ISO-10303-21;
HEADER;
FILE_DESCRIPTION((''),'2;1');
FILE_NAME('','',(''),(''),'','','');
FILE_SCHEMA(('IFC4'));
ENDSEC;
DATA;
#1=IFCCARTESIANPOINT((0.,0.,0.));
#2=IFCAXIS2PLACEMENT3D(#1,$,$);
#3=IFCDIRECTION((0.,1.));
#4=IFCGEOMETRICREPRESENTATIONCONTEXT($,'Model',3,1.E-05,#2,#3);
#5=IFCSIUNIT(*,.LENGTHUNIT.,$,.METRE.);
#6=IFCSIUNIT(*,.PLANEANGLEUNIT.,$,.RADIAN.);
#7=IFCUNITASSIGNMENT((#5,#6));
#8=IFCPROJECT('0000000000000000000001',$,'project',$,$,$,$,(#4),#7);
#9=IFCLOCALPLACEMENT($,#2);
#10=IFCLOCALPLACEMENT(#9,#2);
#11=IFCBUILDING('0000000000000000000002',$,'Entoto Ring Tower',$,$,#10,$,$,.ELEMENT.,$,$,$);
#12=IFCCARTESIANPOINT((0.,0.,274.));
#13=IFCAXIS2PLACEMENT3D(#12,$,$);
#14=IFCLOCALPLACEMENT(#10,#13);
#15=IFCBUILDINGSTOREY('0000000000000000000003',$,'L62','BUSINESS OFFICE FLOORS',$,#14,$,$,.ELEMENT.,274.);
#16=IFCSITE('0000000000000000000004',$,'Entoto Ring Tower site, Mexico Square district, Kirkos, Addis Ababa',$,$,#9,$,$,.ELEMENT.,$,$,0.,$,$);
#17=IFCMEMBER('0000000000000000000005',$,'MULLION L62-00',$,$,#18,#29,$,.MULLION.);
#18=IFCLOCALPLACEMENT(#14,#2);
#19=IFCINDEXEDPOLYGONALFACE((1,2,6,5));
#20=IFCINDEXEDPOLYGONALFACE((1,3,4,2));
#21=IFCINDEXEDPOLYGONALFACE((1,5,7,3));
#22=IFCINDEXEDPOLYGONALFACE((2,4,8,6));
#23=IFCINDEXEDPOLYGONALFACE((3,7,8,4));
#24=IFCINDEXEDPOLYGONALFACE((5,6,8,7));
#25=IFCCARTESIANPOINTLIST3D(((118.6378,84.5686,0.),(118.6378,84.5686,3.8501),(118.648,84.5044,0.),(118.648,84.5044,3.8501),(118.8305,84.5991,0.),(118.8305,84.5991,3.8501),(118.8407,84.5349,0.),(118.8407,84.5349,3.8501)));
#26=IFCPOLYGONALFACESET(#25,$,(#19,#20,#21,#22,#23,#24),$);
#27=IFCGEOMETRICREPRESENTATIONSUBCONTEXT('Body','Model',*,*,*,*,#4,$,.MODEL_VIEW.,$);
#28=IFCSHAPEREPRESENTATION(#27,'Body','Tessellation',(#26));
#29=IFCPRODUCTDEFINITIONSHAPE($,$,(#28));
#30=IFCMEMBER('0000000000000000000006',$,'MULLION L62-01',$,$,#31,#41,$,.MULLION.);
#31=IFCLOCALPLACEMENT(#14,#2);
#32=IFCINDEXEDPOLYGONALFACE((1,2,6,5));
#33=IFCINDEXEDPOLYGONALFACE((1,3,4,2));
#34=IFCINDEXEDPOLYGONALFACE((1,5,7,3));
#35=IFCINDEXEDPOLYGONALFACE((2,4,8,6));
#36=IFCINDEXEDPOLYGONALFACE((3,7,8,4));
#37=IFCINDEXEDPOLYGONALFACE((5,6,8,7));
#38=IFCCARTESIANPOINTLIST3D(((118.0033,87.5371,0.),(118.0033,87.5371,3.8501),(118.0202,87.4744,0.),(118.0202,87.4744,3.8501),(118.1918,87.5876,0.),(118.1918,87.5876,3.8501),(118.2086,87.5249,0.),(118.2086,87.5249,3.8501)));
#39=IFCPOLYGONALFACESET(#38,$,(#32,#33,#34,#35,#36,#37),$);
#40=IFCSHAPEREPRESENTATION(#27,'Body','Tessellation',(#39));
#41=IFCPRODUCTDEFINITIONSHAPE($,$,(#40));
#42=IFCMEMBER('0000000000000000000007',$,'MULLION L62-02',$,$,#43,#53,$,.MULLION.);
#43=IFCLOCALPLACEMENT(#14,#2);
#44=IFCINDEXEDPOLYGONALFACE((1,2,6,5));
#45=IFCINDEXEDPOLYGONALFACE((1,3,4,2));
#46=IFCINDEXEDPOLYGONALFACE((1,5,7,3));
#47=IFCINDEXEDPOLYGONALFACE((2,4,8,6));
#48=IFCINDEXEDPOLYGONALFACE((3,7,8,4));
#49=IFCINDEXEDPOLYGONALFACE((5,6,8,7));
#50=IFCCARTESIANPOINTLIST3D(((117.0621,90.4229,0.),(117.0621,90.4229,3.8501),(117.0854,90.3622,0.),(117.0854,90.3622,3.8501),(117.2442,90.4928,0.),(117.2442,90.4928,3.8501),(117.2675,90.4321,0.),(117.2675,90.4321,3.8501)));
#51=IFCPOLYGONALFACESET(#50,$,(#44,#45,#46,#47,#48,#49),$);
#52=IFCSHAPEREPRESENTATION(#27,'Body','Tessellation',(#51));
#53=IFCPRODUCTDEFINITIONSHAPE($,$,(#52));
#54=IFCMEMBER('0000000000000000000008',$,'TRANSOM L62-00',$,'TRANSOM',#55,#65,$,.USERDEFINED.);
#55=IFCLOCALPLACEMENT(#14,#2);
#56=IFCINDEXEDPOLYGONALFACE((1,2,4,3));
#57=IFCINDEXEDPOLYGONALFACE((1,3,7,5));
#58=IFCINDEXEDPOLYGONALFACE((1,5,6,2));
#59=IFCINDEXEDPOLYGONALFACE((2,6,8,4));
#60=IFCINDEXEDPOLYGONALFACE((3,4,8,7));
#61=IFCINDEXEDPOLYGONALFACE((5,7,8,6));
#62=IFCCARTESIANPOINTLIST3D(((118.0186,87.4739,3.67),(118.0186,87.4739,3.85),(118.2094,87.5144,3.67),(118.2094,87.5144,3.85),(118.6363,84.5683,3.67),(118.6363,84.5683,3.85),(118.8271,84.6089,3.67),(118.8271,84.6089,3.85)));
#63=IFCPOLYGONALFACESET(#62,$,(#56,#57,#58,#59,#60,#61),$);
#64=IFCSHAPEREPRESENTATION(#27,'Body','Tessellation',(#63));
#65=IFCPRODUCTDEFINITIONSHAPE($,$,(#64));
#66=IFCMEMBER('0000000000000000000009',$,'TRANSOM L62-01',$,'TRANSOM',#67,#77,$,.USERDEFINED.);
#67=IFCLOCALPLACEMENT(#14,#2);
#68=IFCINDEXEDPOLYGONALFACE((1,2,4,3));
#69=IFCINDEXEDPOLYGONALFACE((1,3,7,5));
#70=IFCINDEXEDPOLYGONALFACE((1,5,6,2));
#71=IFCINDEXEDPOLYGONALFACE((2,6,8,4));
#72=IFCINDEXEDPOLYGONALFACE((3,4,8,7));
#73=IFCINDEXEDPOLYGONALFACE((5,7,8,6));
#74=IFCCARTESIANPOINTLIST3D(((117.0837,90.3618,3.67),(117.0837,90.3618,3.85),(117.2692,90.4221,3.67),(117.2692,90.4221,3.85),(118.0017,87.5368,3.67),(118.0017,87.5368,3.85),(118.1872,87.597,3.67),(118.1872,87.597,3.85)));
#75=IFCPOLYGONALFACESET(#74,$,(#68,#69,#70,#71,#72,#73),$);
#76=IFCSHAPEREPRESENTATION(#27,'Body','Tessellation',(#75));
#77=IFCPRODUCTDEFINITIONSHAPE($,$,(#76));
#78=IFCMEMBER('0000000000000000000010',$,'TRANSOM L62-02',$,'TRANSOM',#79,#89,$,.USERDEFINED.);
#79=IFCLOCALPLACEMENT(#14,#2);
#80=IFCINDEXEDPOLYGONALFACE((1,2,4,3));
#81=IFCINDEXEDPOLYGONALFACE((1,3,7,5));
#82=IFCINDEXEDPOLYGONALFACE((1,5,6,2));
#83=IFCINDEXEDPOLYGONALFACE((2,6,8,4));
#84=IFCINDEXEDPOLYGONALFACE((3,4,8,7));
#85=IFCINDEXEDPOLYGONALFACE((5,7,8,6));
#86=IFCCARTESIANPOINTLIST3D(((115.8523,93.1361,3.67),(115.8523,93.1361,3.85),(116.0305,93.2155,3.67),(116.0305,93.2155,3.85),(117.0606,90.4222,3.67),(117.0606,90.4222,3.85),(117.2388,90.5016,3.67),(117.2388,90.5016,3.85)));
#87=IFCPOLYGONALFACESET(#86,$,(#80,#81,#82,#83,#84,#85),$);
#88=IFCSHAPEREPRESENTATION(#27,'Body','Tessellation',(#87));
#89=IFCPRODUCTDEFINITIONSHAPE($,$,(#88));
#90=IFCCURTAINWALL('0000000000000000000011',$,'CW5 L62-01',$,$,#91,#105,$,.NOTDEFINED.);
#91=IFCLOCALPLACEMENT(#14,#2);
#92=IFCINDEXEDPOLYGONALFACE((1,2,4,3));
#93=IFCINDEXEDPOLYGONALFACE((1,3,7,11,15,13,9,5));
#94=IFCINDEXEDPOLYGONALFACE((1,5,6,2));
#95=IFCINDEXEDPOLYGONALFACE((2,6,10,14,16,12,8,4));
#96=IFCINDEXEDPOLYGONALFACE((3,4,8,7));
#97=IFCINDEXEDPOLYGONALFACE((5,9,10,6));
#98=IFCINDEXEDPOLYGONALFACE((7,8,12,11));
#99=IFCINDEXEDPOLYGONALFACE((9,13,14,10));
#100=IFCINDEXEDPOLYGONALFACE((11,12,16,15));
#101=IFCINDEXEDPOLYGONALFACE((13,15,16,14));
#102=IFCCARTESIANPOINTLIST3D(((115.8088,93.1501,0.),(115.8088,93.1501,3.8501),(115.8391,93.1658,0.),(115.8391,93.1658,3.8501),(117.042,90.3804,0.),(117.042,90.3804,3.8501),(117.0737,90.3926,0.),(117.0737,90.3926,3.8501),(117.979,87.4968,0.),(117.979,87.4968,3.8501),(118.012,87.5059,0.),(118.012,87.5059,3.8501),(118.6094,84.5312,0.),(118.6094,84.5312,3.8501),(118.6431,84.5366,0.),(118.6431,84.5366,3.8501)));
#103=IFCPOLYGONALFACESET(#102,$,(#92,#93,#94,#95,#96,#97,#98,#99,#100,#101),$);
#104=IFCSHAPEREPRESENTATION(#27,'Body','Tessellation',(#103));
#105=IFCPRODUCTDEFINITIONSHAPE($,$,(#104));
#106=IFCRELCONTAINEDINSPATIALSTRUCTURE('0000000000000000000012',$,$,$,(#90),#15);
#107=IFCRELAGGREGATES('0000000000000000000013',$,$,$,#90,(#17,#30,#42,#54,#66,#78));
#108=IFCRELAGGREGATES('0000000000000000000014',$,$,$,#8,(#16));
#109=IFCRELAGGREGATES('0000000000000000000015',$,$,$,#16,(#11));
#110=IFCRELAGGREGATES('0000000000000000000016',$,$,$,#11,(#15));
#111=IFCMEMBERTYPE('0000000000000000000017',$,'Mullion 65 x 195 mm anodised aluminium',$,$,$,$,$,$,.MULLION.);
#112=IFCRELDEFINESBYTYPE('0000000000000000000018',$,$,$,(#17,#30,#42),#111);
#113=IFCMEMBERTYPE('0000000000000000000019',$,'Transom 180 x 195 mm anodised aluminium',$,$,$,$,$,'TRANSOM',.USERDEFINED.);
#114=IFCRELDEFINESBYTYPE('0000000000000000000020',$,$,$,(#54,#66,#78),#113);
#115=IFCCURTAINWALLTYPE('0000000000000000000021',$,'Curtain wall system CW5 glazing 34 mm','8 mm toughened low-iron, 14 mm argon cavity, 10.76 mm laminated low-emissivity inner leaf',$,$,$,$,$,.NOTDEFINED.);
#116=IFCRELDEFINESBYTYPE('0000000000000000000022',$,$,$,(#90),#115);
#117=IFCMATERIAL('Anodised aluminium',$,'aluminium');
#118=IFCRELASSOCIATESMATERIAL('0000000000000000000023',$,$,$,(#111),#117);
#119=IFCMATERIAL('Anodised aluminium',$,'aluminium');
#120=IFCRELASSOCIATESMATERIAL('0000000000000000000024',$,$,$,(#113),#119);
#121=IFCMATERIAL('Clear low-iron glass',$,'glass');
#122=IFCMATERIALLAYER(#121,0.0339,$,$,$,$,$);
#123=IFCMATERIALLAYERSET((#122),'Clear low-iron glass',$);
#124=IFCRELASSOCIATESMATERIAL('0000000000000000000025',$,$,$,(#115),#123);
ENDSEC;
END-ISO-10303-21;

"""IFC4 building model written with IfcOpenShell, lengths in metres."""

from ifc_helpers import new_model, si_unit, direction, frame, origin, origin_2d, place, context, subcontext, project, spatial, polyline, rectangle, outline, extrude, material, layer, layer_set, material_profile, profile_set, type_object, element, aggregate, save


model = new_model("IFC4")

# Units and contexts
model_context = context("Model", 3, precision=1e-05, world=origin(), true_north=direction((0.0, 1.0)))
body_context = subcontext(model_context, "Body", "Model", "MODEL_VIEW")
ifc_project = project(units=[si_unit("LENGTHUNIT", "METRE"), si_unit("PLANEANGLEUNIT", "RADIAN")], contexts=[model_context])

# Members
ifc_material_1 = material(Name="Anodised aluminium", Category="aluminium")
ifc_material_profile_1 = material_profile(ifc_material_1, rectangle(XDim=0.0649, YDim=0.1951, at=origin_2d()), Name="Mullion 65 x 195 mm anodised aluminium")
ifc_profile_set_1 = profile_set([ifc_material_profile_1], Name="Anodised aluminium")
member_type_1 = type_object("IfcMemberType", Name="Mullion 65 x 195 mm anodised aluminium", PredefinedType="MULLION", material=ifc_profile_set_1)
site_placement = place(None, origin())
building_placement = place(site_placement, origin())
storey_placement = place(building_placement, frame((0.0, 0.0, 274.0)))
member_1_placement = place(storey_placement, frame((118.7393, 84.5518, 0.0), z_axis=(0.0, 0.0, 1.0), x_axis=(-0.156434, 0.987688, 0.0)))
member_1 = element("IfcMember", 1, at=member_1_placement, type_object=member_type_1, Name="MULLION L62-00", PredefinedType="MULLION", context=body_context, shape_type="SweptSolid", body=[
    extrude(rectangle(XDim=0.0649, YDim=0.1951, at=origin_2d()), origin(), (0.0, 0.0, 1.0), 3.8501),
])
member_2_placement = place(storey_placement, frame((118.106, 87.531, 0.0), z_axis=(0.0, 0.0, 1.0), x_axis=(-0.258819, 0.965926, 0.0)))
member_2 = element("IfcMember", 2, at=member_2_placement, type_object=member_type_1, Name="MULLION L62-01", PredefinedType="MULLION", context=body_context, shape_type="SweptSolid", body=[
    extrude(rectangle(XDim=0.0649, YDim=0.1951, at=origin_2d()), origin(), (0.0, 0.0, 1.0), 3.8501),
])
member_3_placement = place(storey_placement, frame((117.1648, 90.4275, 0.0), z_axis=(0.0, 0.0, 1.0), x_axis=(-0.358368, 0.93358, 0.0)))
member_3 = element("IfcMember", 3, at=member_3_placement, type_object=member_type_1, Name="MULLION L62-02", PredefinedType="MULLION", context=body_context, shape_type="SweptSolid", body=[
    extrude(rectangle(XDim=0.0649, YDim=0.1951, at=origin_2d()), origin(), (0.0, 0.0, 1.0), 3.8501),
])
ifc_material_2 = material(Name="Anodised aluminium", Category="aluminium")
ifc_material_profile_2 = material_profile(ifc_material_2, rectangle(XDim=0.1951, YDim=0.1799, at=origin_2d()), Name="Transom 180 x 195 mm anodised aluminium")
ifc_profile_set_2 = profile_set([ifc_material_profile_2], Name="Anodised aluminium")
member_type_2 = type_object("IfcMemberType", Name="Transom 180 x 195 mm anodised aluminium", ElementType="TRANSOM", PredefinedType="USERDEFINED", material=ifc_profile_set_2)
member_4_placement = place(storey_placement, frame((118.7317, 84.5886, 3.76), z_axis=(-0.20794, 0.978142, 0.0), x_axis=(-0.978142, -0.20794, 0.0)))
member_4 = element("IfcMember", 4, at=member_4_placement, type_object=member_type_2, Name="TRANSOM L62-00", ObjectType="TRANSOM", PredefinedType="USERDEFINED", context=body_context, shape_type="SweptSolid", body=[
    extrude(rectangle(XDim=0.1951, YDim=0.1799, at=origin_2d()), origin(), (0.0, 0.0, 1.0), 2.9705),
])
member_5_placement = place(storey_placement, frame((118.0945, 87.5669, 3.76), z_axis=(-0.309043, 0.951048, 0.0), x_axis=(-0.951048, -0.309043, 0.0)))
member_5 = element("IfcMember", 5, at=member_5_placement, type_object=member_type_2, Name="TRANSOM L62-01", ObjectType="TRANSOM", PredefinedType="USERDEFINED", context=body_context, shape_type="SweptSolid", body=[
    extrude(rectangle(XDim=0.1951, YDim=0.1799, at=origin_2d()), origin(), (0.0, 0.0, 1.0), 2.9705),
])
member_6_placement = place(storey_placement, frame((117.1497, 90.4619, 3.76), z_axis=(-0.406726, 0.91355, 0.0), x_axis=(-0.91355, -0.406726, 0.0)))
member_6 = element("IfcMember", 6, at=member_6_placement, type_object=member_type_2, Name="TRANSOM L62-02", ObjectType="TRANSOM", PredefinedType="USERDEFINED", context=body_context, shape_type="SweptSolid", body=[
    extrude(rectangle(XDim=0.1951, YDim=0.1799, at=origin_2d()), origin(), (0.0, 0.0, 1.0), 2.9707),
])

# Site, building, storey
site = spatial("IfcSite", under=ifc_project, at=site_placement, Name="Entoto Ring Tower site, Mexico Square district, Kirkos, Addis Ababa", CompositionType="ELEMENT", RefElevation=0.0)
building = spatial("IfcBuilding", under=site, at=building_placement, Name="Entoto Ring Tower", CompositionType="ELEMENT")
storey = spatial("IfcBuildingStorey", under=building, at=storey_placement, Name="L62", Description="BUSINESS OFFICE FLOORS", CompositionType="ELEMENT", Elevation=274.0)

# Curtain wall
ifc_material_3 = material(Name="Clear low-iron glass", Category="glass")
ifc_layer_1 = layer(ifc_material_3, 0.0339)
ifc_layer_set_1 = layer_set([ifc_layer_1], Name="Clear low-iron glass")
curtain_wall_type = type_object("IfcCurtainWallType", Name="Curtain wall system CW5 glazing 34 mm", Description="8 mm toughened low-iron, 14 mm argon cavity, 10.76 mm laminated low-emissivity inner leaf", PredefinedType="NOTDEFINED", material=ifc_layer_set_1)
curtain_wall_1_placement = place(storey_placement, origin())
curtain_wall_1 = element("IfcCurtainWall", 7, at=curtain_wall_1_placement, inside=storey, type_object=curtain_wall_type, Name="CW5 L62-01", PredefinedType="NOTDEFINED", context=body_context, shape_type="SweptSolid", body=[
    extrude(outline(polyline([(118.6431, 84.5366), (118.012, 87.5059), (117.0737, 90.3926), (115.8391, 93.1658), (115.8088, 93.1501), (117.042, 90.3804), (117.979, 87.4968), (118.6094, 84.5312), (118.6431, 84.5366)])), origin(), (0.0, 0.0, 1.0), 3.8501),
])
aggregate(curtain_wall_1, [member_1, member_2, member_3, member_4, member_5, member_6])

save(model, "model.ifc")
